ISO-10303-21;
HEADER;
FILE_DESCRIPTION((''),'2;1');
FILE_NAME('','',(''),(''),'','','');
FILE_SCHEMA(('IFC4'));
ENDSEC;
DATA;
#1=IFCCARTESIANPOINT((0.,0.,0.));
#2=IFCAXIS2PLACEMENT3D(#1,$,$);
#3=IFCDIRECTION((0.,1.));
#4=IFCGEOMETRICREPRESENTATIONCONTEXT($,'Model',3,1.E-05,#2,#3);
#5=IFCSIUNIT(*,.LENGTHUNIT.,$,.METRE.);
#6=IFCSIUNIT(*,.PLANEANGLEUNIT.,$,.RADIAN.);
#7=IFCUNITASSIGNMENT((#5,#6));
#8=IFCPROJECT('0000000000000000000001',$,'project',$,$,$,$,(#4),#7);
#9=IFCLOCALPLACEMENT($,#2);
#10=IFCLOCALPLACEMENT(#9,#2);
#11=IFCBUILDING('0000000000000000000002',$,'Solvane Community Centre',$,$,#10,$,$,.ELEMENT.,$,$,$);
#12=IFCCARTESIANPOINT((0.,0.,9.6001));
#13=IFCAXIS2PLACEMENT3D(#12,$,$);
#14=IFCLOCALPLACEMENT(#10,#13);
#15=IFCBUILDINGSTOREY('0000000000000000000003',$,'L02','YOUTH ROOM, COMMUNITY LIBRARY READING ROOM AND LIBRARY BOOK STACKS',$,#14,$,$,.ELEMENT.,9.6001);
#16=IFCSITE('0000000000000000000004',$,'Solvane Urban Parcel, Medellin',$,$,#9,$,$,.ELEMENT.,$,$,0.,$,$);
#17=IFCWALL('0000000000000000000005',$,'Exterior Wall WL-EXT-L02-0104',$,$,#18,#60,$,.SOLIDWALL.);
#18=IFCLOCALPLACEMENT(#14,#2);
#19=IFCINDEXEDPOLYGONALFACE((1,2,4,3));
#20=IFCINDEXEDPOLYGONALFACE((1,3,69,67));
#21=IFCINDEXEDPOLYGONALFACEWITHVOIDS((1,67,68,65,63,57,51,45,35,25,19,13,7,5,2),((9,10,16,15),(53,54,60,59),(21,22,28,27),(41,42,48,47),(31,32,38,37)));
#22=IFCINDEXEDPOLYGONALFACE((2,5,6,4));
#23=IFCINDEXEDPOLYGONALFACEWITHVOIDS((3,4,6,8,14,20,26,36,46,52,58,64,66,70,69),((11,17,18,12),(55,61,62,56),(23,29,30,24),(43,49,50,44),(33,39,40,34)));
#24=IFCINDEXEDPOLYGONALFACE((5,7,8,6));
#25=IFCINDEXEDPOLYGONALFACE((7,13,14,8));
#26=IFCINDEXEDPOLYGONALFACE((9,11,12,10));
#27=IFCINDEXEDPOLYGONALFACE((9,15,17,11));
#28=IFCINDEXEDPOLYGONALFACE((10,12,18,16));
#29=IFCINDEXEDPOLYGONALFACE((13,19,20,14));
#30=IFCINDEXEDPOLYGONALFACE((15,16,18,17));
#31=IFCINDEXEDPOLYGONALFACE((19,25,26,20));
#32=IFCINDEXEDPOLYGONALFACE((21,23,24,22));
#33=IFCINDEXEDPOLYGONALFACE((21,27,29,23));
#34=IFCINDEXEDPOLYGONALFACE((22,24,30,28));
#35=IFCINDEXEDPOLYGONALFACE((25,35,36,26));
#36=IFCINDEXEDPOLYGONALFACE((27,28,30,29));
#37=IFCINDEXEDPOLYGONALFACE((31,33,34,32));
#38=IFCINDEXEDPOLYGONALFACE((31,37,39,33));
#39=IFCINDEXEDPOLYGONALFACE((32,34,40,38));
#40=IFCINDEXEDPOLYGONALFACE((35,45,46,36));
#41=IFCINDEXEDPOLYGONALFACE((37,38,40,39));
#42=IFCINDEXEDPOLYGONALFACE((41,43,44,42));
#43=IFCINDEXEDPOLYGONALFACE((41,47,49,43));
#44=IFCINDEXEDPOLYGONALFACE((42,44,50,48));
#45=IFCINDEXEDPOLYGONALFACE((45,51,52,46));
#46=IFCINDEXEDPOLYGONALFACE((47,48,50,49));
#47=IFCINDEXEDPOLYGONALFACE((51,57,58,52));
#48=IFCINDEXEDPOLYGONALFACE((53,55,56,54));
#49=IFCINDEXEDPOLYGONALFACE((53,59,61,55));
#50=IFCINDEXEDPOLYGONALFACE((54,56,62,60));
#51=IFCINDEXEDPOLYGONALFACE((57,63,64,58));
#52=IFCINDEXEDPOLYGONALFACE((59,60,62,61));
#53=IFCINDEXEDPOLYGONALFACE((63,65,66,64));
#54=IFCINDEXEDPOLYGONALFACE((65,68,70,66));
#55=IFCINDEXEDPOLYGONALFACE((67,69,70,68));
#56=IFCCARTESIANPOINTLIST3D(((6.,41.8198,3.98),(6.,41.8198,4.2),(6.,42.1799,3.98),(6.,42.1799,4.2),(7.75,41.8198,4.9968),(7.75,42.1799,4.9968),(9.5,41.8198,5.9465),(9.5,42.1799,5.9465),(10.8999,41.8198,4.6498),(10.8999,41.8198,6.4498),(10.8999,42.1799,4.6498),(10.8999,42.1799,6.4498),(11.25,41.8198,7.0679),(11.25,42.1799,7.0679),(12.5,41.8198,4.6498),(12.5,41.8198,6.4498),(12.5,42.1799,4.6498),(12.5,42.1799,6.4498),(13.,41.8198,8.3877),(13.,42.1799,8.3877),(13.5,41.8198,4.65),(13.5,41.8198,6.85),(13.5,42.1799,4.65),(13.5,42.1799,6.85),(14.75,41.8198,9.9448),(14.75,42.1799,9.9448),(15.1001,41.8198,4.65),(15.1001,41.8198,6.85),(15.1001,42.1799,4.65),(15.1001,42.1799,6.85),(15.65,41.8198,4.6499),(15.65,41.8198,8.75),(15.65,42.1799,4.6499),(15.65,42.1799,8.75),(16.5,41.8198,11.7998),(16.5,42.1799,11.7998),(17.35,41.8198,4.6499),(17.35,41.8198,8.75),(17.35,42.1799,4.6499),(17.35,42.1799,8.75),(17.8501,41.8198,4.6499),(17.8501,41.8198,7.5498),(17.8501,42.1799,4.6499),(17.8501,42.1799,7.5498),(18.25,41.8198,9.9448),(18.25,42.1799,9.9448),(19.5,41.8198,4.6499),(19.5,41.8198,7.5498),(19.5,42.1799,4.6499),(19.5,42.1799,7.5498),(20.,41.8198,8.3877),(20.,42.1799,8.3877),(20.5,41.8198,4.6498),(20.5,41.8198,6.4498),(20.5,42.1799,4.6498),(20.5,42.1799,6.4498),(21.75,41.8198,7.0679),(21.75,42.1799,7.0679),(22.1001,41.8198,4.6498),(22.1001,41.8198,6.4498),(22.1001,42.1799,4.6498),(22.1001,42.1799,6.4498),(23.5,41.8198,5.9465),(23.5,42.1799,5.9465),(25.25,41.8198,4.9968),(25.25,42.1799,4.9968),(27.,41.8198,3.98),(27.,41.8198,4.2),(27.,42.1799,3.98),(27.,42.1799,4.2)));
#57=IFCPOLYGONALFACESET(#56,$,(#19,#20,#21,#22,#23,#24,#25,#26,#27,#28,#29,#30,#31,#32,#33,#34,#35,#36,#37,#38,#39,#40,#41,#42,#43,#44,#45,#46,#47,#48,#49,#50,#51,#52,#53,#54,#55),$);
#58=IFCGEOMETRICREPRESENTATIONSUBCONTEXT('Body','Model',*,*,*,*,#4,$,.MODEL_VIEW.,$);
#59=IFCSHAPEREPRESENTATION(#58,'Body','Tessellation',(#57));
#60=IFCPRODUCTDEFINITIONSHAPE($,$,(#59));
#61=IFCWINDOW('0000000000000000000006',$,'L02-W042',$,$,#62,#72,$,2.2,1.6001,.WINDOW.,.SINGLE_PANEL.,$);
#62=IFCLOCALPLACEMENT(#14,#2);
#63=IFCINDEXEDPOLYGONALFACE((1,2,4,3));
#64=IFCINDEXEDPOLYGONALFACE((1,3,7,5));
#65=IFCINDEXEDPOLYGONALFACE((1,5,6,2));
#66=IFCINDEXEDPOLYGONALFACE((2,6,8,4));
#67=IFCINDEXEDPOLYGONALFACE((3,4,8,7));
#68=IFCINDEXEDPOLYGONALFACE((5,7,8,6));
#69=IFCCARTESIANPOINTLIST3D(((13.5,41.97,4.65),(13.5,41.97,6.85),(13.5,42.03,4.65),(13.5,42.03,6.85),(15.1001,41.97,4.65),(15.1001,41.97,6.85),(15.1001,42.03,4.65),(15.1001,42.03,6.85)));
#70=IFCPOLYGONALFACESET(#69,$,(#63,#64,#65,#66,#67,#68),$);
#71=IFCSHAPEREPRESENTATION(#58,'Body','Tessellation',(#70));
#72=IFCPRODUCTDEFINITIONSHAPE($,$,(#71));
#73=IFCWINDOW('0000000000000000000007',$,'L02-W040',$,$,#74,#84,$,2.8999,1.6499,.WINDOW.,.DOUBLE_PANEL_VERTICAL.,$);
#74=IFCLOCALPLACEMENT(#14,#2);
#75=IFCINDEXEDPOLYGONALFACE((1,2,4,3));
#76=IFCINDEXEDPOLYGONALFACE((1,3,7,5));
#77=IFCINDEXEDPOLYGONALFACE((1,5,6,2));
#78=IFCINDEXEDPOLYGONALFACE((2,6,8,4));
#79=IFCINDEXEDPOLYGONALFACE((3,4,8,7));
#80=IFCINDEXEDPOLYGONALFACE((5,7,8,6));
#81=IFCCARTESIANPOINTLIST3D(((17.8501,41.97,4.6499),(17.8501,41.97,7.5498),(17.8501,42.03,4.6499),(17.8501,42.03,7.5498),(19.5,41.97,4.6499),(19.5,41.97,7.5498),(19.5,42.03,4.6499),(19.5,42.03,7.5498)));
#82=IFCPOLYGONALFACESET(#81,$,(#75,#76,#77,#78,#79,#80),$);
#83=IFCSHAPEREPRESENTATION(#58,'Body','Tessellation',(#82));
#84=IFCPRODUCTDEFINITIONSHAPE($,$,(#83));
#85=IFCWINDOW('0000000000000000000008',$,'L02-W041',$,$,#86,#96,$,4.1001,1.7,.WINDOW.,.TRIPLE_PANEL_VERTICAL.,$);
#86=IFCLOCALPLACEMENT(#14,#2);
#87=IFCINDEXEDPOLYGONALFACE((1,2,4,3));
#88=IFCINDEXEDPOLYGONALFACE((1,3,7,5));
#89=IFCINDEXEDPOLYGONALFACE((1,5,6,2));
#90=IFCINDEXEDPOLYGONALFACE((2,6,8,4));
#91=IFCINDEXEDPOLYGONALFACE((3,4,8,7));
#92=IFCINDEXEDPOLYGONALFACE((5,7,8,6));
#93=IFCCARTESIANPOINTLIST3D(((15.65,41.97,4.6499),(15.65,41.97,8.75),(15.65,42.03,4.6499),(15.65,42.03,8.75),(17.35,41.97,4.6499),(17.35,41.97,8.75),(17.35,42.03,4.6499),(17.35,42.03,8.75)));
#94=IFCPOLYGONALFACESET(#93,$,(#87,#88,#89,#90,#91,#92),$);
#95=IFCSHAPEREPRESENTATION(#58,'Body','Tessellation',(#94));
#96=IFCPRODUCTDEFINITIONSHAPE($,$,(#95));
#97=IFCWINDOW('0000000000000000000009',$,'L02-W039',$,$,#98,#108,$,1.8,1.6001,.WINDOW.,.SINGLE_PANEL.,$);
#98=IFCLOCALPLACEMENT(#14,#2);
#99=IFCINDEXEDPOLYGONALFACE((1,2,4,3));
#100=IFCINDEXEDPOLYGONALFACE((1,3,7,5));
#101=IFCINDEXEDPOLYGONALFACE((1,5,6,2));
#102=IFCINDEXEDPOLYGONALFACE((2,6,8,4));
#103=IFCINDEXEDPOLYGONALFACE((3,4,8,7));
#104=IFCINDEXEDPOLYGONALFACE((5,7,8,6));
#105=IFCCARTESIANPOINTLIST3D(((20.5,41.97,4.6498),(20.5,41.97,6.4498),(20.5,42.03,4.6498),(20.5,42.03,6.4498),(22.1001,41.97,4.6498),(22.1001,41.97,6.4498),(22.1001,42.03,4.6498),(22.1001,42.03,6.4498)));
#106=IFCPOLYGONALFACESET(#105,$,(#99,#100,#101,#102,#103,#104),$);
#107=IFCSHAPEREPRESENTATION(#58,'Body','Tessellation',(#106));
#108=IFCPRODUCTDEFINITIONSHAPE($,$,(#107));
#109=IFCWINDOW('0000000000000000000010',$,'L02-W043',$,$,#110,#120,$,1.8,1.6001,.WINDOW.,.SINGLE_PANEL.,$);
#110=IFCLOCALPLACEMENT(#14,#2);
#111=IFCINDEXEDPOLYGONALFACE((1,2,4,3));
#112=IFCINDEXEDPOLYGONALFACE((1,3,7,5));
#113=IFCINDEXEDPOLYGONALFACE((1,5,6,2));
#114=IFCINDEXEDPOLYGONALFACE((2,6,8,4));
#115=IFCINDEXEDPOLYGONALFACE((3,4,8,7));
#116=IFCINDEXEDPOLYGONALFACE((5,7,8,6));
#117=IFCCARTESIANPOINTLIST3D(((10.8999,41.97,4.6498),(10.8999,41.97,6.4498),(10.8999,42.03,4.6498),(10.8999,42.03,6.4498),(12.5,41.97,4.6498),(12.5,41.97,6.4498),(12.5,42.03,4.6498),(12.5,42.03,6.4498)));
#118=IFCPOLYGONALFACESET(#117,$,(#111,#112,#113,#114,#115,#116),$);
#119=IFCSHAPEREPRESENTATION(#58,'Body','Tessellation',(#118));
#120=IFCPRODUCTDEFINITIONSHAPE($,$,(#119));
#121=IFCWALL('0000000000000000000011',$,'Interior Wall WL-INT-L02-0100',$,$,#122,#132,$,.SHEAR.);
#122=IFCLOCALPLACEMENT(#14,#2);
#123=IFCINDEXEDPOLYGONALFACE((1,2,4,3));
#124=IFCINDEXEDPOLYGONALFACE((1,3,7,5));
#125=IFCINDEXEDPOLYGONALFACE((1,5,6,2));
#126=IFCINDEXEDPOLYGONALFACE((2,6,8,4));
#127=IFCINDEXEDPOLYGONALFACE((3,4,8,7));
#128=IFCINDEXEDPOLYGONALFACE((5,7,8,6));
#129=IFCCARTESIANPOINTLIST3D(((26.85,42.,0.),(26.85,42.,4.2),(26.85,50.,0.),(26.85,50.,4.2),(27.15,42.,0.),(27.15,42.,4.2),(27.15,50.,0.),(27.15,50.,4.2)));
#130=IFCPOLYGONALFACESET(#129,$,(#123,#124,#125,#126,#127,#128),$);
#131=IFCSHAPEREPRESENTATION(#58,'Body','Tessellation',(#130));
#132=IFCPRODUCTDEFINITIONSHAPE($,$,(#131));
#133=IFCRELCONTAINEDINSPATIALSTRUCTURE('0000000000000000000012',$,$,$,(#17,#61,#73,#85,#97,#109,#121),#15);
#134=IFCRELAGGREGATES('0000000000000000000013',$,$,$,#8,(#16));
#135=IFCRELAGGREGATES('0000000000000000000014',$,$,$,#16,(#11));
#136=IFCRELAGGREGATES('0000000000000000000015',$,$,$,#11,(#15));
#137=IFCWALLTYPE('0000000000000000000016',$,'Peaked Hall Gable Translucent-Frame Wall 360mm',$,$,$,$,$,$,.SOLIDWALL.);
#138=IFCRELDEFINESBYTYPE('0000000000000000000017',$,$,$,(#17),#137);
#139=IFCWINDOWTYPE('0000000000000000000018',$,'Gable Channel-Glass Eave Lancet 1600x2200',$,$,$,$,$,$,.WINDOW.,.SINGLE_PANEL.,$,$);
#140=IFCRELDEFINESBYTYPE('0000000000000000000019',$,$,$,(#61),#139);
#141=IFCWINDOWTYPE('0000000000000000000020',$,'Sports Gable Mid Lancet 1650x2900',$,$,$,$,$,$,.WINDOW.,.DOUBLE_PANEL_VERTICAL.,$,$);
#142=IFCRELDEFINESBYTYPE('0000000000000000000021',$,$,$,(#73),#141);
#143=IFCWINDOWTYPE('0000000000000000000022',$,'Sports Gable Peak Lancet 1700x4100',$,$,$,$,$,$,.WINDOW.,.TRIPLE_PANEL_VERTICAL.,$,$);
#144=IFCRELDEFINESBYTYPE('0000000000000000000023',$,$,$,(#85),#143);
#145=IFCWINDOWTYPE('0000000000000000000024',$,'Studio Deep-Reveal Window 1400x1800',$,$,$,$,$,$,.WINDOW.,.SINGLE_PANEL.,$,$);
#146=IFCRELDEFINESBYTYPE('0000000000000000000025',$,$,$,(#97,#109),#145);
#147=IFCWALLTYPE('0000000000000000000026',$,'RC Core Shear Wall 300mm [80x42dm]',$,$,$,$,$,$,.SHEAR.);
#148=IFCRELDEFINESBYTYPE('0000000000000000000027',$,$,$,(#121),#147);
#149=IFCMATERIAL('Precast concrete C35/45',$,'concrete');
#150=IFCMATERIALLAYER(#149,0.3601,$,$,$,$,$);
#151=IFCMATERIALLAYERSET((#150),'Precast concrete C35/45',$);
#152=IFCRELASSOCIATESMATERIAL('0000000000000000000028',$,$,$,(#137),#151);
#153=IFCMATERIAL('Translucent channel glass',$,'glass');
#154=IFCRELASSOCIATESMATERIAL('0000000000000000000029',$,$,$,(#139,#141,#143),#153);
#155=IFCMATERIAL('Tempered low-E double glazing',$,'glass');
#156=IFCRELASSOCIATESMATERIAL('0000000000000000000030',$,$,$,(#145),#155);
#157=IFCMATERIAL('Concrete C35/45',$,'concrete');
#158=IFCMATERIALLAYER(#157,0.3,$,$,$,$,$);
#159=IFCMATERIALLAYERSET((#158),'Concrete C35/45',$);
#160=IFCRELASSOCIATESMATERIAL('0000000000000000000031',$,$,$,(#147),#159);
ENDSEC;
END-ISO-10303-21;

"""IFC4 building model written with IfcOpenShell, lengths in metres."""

from ifc_helpers import new_model, si_unit, direction, frame, frame_2d, origin, place, context, subcontext, project, spatial, polyline, rectangle, outline, extrude, material, layer, layer_set, type_object, element, fill, save


model = new_model("IFC4")

# Units and contexts
model_context = context("Model", 3, precision=1e-05, world=origin(), true_north=direction((0.0, 1.0)))
body_context = subcontext(model_context, "Body", "Model", "MODEL_VIEW")
ifc_project = project(units=[si_unit("LENGTHUNIT", "METRE"), si_unit("PLANEANGLEUNIT", "RADIAN")], contexts=[model_context])

# Site, building, storey
site_placement = place(None, origin())
site = spatial("IfcSite", under=ifc_project, at=site_placement, Name="Solvane Urban Parcel, Medellin", CompositionType="ELEMENT", RefElevation=0.0)
building_placement = place(site_placement, origin())
building = spatial("IfcBuilding", under=site, at=building_placement, Name="Solvane Community Centre", CompositionType="ELEMENT")
storey_placement = place(building_placement, frame((0.0, 0.0, 9.6001)))
storey = spatial("IfcBuildingStorey", under=building, at=storey_placement, Name="L02", Description="YOUTH ROOM, COMMUNITY LIBRARY READING ROOM AND LIBRARY BOOK STACKS", CompositionType="ELEMENT", Elevation=9.6001)

# Shared definitions
ifc_material_1 = material(Name="Concrete C35/45", Category="concrete")

# Wall, openings, windows
ifc_material_2 = material(Name="Precast concrete C35/45", Category="concrete")
ifc_layer_1 = layer(ifc_material_2, 0.3601)
ifc_layer_set_1 = layer_set([ifc_layer_1], Name="Precast concrete C35/45")
wall_type_1 = type_object("IfcWallType", Name="Peaked Hall Gable Translucent-Frame Wall 360mm", PredefinedType="SOLIDWALL", material=ifc_layer_set_1)
wall_1_placement = place(storey_placement, frame((27.0, 42.0, 3.98), z_axis=(0.0, 0.0, 1.0), x_axis=(-1.0, 0.0, 0.0)))
wall_1 = element("IfcWall", 1, at=wall_1_placement, inside=storey, type_object=wall_type_1, Name="Exterior Wall WL-EXT-L02-0104", PredefinedType="SOLIDWALL", context=body_context, shape_type="SweptSolid", body=[
    extrude(outline(polyline([(0.0, 0.0), (21.0, 0.0), (21.0, 0.22), (19.25, 1.0168), (17.5, 1.9666), (15.75, 3.0879), (14.0, 4.4077), (12.25, 5.9648), (10.5, 7.8198), (8.75, 5.9648), (7.0, 4.4077), (5.25, 3.0879), (3.5, 1.9666), (1.75, 1.0168), (0.0, 0.22), (0.0, 0.0)])), frame((0.0, 0.1802, 0.0), z_axis=(0.0, -1.0, 0.0), x_axis=(1.0, 0.0, 0.0)), (0.0, 0.0, 1.0), 0.3601),
])
opening_1_placement = place(wall_1_placement, frame((4.8999, 0.0, 0.6699)))
opening_1 = element("IfcOpeningElement", 2, at=opening_1_placement, cuts=wall_1, PredefinedType="OPENING", context=body_context, shape_type="SweptSolid", body=[
    extrude(rectangle(XDim=1.6001, YDim=1.8, at=frame_2d((0.8, 0.8999))), frame((0.0, 0.1899, 0.0), z_axis=(0.0, -1.0, 0.0), x_axis=(1.0, 0.0, 0.0)), (0.0, 0.0, 1.0), 0.3801),
])
opening_2_placement = place(wall_1_placement, frame((7.5, 0.0, 0.6699)))
opening_2 = element("IfcOpeningElement", 3, at=opening_2_placement, cuts=wall_1, PredefinedType="OPENING", context=body_context, shape_type="SweptSolid", body=[
    extrude(rectangle(XDim=1.6499, YDim=2.8999, at=frame_2d((0.825, 1.45))), frame((0.0, 0.1899, 0.0), z_axis=(0.0, -1.0, 0.0), x_axis=(1.0, 0.0, 0.0)), (0.0, 0.0, 1.0), 0.3801),
])
opening_3_placement = place(wall_1_placement, frame((9.6499, 0.0, 0.6699)))
opening_3 = element("IfcOpeningElement", 4, at=opening_3_placement, cuts=wall_1, PredefinedType="OPENING", context=body_context, shape_type="SweptSolid", body=[
    extrude(rectangle(XDim=1.7, YDim=4.1001, at=frame_2d((0.8501, 2.05))), frame((0.0, 0.1899, 0.0), z_axis=(0.0, -1.0, 0.0), x_axis=(1.0, 0.0, 0.0)), (0.0, 0.0, 1.0), 0.3801),
])
opening_4_placement = place(wall_1_placement, frame((11.8999, 0.0, 0.6699)))
opening_4 = element("IfcOpeningElement", 5, at=opening_4_placement, cuts=wall_1, PredefinedType="OPENING", context=body_context, shape_type="SweptSolid", body=[
    extrude(rectangle(XDim=1.6001, YDim=2.2, at=frame_2d((0.8, 1.1001))), frame((0.0, 0.1899, 0.0), z_axis=(0.0, -1.0, 0.0), x_axis=(1.0, 0.0, 0.0)), (0.0, 0.0, 1.0), 0.3801),
])
opening_5_placement = place(wall_1_placement, frame((14.5, 0.0, 0.6699)))
opening_5 = element("IfcOpeningElement", 6, at=opening_5_placement, cuts=wall_1, PredefinedType="OPENING", context=body_context, shape_type="SweptSolid", body=[
    extrude(rectangle(XDim=1.6001, YDim=1.8, at=frame_2d((0.8, 0.8999))), frame((0.0, 0.1899, 0.0), z_axis=(0.0, -1.0, 0.0), x_axis=(1.0, 0.0, 0.0)), (0.0, 0.0, 1.0), 0.3801),
])
ifc_material_3 = material(Name="Translucent channel glass", Category="glass")
window_type_1 = type_object("IfcWindowType", Name="Gable Channel-Glass Eave Lancet 1600x2200", PartitioningType="SINGLE_PANEL", PredefinedType="WINDOW", material=ifc_material_3)
window_1_placement = place(opening_4_placement, origin())
window_1 = element("IfcWindow", 7, at=window_1_placement, inside=storey, type_object=window_type_1, Name="L02-W042", OverallHeight=2.2, OverallWidth=1.6001, PartitioningType="SINGLE_PANEL", PredefinedType="WINDOW", context=body_context, shape_type="SweptSolid", body=[
    extrude(rectangle(XDim=1.6001, YDim=2.2, at=frame_2d((0.8, 1.1001))), frame((0.0, 0.03, 0.0), z_axis=(0.0, -1.0, 0.0), x_axis=(1.0, 0.0, 0.0)), (0.0, 0.0, 1.0), 0.0601),
])
fill(opening_4, window_1)
window_type_2 = type_object("IfcWindowType", Name="Sports Gable Mid Lancet 1650x2900", PartitioningType="DOUBLE_PANEL_VERTICAL", PredefinedType="WINDOW", material=ifc_material_3)
window_2_placement = place(opening_2_placement, origin())
window_2 = element("IfcWindow", 8, at=window_2_placement, inside=storey, type_object=window_type_2, Name="L02-W040", OverallHeight=2.8999, OverallWidth=1.6499, PartitioningType="DOUBLE_PANEL_VERTICAL", PredefinedType="WINDOW", context=body_context, shape_type="SweptSolid", body=[
    extrude(rectangle(XDim=1.6499, YDim=2.8999, at=frame_2d((0.825, 1.45))), frame((0.0, 0.03, 0.0), z_axis=(0.0, -1.0, 0.0), x_axis=(1.0, 0.0, 0.0)), (0.0, 0.0, 1.0), 0.0601),
])
fill(opening_2, window_2)
window_type_3 = type_object("IfcWindowType", Name="Sports Gable Peak Lancet 1700x4100", PartitioningType="TRIPLE_PANEL_VERTICAL", PredefinedType="WINDOW", material=ifc_material_3)
window_3_placement = place(opening_3_placement, origin())
window_3 = element("IfcWindow", 9, at=window_3_placement, inside=storey, type_object=window_type_3, Name="L02-W041", OverallHeight=4.1001, OverallWidth=1.7, PartitioningType="TRIPLE_PANEL_VERTICAL", PredefinedType="WINDOW", context=body_context, shape_type="SweptSolid", body=[
    extrude(rectangle(XDim=1.7, YDim=4.1001, at=frame_2d((0.8501, 2.05))), frame((0.0, 0.03, 0.0), z_axis=(0.0, -1.0, 0.0), x_axis=(1.0, 0.0, 0.0)), (0.0, 0.0, 1.0), 0.0601),
])
fill(opening_3, window_3)
ifc_material_4 = material(Name="Tempered low-E double glazing", Category="glass")
window_type_4 = type_object("IfcWindowType", Name="Studio Deep-Reveal Window 1400x1800", PartitioningType="SINGLE_PANEL", PredefinedType="WINDOW", material=ifc_material_4)
window_4_placement = place(opening_1_placement, origin())
window_4 = element("IfcWindow", 10, at=window_4_placement, inside=storey, type_object=window_type_4, Name="L02-W039", OverallHeight=1.8, OverallWidth=1.6001, PartitioningType="SINGLE_PANEL", PredefinedType="WINDOW", context=body_context, shape_type="SweptSolid", body=[
    extrude(rectangle(XDim=1.6001, YDim=1.8, at=frame_2d((0.8, 0.8999))), frame((0.0, 0.03, 0.0), z_axis=(0.0, -1.0, 0.0), x_axis=(1.0, 0.0, 0.0)), (0.0, 0.0, 1.0), 0.0601),
])
fill(opening_1, window_4)
window_5_placement = place(opening_5_placement, origin())
window_5 = element("IfcWindow", 11, at=window_5_placement, inside=storey, type_object=window_type_4, Name="L02-W043", OverallHeight=1.8, OverallWidth=1.6001, PartitioningType="SINGLE_PANEL", PredefinedType="WINDOW", context=body_context, shape_type="SweptSolid", body=[
    extrude(rectangle(XDim=1.6001, YDim=1.8, at=frame_2d((0.8, 0.8999))), frame((0.0, 0.03, 0.0), z_axis=(0.0, -1.0, 0.0), x_axis=(1.0, 0.0, 0.0)), (0.0, 0.0, 1.0), 0.0601),
])
fill(opening_5, window_5)

# Wall
ifc_layer_2 = layer(ifc_material_1, 0.3)
ifc_layer_set_2 = layer_set([ifc_layer_2], Name="Concrete C35/45")
wall_type_2 = type_object("IfcWallType", Name="RC Core Shear Wall 300mm [80x42dm]", PredefinedType="SHEAR", material=ifc_layer_set_2)
wall_2_placement = place(storey_placement, frame((27.0, 42.0, 0.0), z_axis=(0.0, 0.0, 1.0), x_axis=(0.0, 1.0, 0.0)))
element("IfcWall", 12, at=wall_2_placement, inside=storey, type_object=wall_type_2, Name="Interior Wall WL-INT-L02-0100", PredefinedType="SHEAR", context=body_context, shape_type="SweptSolid", body=[
    extrude(rectangle(XDim=8.0, YDim=0.3, at=frame_2d((4.0, 0.0))), origin(), (0.0, 0.0, 1.0), 4.2),
])

save(model, "model.ifc")
